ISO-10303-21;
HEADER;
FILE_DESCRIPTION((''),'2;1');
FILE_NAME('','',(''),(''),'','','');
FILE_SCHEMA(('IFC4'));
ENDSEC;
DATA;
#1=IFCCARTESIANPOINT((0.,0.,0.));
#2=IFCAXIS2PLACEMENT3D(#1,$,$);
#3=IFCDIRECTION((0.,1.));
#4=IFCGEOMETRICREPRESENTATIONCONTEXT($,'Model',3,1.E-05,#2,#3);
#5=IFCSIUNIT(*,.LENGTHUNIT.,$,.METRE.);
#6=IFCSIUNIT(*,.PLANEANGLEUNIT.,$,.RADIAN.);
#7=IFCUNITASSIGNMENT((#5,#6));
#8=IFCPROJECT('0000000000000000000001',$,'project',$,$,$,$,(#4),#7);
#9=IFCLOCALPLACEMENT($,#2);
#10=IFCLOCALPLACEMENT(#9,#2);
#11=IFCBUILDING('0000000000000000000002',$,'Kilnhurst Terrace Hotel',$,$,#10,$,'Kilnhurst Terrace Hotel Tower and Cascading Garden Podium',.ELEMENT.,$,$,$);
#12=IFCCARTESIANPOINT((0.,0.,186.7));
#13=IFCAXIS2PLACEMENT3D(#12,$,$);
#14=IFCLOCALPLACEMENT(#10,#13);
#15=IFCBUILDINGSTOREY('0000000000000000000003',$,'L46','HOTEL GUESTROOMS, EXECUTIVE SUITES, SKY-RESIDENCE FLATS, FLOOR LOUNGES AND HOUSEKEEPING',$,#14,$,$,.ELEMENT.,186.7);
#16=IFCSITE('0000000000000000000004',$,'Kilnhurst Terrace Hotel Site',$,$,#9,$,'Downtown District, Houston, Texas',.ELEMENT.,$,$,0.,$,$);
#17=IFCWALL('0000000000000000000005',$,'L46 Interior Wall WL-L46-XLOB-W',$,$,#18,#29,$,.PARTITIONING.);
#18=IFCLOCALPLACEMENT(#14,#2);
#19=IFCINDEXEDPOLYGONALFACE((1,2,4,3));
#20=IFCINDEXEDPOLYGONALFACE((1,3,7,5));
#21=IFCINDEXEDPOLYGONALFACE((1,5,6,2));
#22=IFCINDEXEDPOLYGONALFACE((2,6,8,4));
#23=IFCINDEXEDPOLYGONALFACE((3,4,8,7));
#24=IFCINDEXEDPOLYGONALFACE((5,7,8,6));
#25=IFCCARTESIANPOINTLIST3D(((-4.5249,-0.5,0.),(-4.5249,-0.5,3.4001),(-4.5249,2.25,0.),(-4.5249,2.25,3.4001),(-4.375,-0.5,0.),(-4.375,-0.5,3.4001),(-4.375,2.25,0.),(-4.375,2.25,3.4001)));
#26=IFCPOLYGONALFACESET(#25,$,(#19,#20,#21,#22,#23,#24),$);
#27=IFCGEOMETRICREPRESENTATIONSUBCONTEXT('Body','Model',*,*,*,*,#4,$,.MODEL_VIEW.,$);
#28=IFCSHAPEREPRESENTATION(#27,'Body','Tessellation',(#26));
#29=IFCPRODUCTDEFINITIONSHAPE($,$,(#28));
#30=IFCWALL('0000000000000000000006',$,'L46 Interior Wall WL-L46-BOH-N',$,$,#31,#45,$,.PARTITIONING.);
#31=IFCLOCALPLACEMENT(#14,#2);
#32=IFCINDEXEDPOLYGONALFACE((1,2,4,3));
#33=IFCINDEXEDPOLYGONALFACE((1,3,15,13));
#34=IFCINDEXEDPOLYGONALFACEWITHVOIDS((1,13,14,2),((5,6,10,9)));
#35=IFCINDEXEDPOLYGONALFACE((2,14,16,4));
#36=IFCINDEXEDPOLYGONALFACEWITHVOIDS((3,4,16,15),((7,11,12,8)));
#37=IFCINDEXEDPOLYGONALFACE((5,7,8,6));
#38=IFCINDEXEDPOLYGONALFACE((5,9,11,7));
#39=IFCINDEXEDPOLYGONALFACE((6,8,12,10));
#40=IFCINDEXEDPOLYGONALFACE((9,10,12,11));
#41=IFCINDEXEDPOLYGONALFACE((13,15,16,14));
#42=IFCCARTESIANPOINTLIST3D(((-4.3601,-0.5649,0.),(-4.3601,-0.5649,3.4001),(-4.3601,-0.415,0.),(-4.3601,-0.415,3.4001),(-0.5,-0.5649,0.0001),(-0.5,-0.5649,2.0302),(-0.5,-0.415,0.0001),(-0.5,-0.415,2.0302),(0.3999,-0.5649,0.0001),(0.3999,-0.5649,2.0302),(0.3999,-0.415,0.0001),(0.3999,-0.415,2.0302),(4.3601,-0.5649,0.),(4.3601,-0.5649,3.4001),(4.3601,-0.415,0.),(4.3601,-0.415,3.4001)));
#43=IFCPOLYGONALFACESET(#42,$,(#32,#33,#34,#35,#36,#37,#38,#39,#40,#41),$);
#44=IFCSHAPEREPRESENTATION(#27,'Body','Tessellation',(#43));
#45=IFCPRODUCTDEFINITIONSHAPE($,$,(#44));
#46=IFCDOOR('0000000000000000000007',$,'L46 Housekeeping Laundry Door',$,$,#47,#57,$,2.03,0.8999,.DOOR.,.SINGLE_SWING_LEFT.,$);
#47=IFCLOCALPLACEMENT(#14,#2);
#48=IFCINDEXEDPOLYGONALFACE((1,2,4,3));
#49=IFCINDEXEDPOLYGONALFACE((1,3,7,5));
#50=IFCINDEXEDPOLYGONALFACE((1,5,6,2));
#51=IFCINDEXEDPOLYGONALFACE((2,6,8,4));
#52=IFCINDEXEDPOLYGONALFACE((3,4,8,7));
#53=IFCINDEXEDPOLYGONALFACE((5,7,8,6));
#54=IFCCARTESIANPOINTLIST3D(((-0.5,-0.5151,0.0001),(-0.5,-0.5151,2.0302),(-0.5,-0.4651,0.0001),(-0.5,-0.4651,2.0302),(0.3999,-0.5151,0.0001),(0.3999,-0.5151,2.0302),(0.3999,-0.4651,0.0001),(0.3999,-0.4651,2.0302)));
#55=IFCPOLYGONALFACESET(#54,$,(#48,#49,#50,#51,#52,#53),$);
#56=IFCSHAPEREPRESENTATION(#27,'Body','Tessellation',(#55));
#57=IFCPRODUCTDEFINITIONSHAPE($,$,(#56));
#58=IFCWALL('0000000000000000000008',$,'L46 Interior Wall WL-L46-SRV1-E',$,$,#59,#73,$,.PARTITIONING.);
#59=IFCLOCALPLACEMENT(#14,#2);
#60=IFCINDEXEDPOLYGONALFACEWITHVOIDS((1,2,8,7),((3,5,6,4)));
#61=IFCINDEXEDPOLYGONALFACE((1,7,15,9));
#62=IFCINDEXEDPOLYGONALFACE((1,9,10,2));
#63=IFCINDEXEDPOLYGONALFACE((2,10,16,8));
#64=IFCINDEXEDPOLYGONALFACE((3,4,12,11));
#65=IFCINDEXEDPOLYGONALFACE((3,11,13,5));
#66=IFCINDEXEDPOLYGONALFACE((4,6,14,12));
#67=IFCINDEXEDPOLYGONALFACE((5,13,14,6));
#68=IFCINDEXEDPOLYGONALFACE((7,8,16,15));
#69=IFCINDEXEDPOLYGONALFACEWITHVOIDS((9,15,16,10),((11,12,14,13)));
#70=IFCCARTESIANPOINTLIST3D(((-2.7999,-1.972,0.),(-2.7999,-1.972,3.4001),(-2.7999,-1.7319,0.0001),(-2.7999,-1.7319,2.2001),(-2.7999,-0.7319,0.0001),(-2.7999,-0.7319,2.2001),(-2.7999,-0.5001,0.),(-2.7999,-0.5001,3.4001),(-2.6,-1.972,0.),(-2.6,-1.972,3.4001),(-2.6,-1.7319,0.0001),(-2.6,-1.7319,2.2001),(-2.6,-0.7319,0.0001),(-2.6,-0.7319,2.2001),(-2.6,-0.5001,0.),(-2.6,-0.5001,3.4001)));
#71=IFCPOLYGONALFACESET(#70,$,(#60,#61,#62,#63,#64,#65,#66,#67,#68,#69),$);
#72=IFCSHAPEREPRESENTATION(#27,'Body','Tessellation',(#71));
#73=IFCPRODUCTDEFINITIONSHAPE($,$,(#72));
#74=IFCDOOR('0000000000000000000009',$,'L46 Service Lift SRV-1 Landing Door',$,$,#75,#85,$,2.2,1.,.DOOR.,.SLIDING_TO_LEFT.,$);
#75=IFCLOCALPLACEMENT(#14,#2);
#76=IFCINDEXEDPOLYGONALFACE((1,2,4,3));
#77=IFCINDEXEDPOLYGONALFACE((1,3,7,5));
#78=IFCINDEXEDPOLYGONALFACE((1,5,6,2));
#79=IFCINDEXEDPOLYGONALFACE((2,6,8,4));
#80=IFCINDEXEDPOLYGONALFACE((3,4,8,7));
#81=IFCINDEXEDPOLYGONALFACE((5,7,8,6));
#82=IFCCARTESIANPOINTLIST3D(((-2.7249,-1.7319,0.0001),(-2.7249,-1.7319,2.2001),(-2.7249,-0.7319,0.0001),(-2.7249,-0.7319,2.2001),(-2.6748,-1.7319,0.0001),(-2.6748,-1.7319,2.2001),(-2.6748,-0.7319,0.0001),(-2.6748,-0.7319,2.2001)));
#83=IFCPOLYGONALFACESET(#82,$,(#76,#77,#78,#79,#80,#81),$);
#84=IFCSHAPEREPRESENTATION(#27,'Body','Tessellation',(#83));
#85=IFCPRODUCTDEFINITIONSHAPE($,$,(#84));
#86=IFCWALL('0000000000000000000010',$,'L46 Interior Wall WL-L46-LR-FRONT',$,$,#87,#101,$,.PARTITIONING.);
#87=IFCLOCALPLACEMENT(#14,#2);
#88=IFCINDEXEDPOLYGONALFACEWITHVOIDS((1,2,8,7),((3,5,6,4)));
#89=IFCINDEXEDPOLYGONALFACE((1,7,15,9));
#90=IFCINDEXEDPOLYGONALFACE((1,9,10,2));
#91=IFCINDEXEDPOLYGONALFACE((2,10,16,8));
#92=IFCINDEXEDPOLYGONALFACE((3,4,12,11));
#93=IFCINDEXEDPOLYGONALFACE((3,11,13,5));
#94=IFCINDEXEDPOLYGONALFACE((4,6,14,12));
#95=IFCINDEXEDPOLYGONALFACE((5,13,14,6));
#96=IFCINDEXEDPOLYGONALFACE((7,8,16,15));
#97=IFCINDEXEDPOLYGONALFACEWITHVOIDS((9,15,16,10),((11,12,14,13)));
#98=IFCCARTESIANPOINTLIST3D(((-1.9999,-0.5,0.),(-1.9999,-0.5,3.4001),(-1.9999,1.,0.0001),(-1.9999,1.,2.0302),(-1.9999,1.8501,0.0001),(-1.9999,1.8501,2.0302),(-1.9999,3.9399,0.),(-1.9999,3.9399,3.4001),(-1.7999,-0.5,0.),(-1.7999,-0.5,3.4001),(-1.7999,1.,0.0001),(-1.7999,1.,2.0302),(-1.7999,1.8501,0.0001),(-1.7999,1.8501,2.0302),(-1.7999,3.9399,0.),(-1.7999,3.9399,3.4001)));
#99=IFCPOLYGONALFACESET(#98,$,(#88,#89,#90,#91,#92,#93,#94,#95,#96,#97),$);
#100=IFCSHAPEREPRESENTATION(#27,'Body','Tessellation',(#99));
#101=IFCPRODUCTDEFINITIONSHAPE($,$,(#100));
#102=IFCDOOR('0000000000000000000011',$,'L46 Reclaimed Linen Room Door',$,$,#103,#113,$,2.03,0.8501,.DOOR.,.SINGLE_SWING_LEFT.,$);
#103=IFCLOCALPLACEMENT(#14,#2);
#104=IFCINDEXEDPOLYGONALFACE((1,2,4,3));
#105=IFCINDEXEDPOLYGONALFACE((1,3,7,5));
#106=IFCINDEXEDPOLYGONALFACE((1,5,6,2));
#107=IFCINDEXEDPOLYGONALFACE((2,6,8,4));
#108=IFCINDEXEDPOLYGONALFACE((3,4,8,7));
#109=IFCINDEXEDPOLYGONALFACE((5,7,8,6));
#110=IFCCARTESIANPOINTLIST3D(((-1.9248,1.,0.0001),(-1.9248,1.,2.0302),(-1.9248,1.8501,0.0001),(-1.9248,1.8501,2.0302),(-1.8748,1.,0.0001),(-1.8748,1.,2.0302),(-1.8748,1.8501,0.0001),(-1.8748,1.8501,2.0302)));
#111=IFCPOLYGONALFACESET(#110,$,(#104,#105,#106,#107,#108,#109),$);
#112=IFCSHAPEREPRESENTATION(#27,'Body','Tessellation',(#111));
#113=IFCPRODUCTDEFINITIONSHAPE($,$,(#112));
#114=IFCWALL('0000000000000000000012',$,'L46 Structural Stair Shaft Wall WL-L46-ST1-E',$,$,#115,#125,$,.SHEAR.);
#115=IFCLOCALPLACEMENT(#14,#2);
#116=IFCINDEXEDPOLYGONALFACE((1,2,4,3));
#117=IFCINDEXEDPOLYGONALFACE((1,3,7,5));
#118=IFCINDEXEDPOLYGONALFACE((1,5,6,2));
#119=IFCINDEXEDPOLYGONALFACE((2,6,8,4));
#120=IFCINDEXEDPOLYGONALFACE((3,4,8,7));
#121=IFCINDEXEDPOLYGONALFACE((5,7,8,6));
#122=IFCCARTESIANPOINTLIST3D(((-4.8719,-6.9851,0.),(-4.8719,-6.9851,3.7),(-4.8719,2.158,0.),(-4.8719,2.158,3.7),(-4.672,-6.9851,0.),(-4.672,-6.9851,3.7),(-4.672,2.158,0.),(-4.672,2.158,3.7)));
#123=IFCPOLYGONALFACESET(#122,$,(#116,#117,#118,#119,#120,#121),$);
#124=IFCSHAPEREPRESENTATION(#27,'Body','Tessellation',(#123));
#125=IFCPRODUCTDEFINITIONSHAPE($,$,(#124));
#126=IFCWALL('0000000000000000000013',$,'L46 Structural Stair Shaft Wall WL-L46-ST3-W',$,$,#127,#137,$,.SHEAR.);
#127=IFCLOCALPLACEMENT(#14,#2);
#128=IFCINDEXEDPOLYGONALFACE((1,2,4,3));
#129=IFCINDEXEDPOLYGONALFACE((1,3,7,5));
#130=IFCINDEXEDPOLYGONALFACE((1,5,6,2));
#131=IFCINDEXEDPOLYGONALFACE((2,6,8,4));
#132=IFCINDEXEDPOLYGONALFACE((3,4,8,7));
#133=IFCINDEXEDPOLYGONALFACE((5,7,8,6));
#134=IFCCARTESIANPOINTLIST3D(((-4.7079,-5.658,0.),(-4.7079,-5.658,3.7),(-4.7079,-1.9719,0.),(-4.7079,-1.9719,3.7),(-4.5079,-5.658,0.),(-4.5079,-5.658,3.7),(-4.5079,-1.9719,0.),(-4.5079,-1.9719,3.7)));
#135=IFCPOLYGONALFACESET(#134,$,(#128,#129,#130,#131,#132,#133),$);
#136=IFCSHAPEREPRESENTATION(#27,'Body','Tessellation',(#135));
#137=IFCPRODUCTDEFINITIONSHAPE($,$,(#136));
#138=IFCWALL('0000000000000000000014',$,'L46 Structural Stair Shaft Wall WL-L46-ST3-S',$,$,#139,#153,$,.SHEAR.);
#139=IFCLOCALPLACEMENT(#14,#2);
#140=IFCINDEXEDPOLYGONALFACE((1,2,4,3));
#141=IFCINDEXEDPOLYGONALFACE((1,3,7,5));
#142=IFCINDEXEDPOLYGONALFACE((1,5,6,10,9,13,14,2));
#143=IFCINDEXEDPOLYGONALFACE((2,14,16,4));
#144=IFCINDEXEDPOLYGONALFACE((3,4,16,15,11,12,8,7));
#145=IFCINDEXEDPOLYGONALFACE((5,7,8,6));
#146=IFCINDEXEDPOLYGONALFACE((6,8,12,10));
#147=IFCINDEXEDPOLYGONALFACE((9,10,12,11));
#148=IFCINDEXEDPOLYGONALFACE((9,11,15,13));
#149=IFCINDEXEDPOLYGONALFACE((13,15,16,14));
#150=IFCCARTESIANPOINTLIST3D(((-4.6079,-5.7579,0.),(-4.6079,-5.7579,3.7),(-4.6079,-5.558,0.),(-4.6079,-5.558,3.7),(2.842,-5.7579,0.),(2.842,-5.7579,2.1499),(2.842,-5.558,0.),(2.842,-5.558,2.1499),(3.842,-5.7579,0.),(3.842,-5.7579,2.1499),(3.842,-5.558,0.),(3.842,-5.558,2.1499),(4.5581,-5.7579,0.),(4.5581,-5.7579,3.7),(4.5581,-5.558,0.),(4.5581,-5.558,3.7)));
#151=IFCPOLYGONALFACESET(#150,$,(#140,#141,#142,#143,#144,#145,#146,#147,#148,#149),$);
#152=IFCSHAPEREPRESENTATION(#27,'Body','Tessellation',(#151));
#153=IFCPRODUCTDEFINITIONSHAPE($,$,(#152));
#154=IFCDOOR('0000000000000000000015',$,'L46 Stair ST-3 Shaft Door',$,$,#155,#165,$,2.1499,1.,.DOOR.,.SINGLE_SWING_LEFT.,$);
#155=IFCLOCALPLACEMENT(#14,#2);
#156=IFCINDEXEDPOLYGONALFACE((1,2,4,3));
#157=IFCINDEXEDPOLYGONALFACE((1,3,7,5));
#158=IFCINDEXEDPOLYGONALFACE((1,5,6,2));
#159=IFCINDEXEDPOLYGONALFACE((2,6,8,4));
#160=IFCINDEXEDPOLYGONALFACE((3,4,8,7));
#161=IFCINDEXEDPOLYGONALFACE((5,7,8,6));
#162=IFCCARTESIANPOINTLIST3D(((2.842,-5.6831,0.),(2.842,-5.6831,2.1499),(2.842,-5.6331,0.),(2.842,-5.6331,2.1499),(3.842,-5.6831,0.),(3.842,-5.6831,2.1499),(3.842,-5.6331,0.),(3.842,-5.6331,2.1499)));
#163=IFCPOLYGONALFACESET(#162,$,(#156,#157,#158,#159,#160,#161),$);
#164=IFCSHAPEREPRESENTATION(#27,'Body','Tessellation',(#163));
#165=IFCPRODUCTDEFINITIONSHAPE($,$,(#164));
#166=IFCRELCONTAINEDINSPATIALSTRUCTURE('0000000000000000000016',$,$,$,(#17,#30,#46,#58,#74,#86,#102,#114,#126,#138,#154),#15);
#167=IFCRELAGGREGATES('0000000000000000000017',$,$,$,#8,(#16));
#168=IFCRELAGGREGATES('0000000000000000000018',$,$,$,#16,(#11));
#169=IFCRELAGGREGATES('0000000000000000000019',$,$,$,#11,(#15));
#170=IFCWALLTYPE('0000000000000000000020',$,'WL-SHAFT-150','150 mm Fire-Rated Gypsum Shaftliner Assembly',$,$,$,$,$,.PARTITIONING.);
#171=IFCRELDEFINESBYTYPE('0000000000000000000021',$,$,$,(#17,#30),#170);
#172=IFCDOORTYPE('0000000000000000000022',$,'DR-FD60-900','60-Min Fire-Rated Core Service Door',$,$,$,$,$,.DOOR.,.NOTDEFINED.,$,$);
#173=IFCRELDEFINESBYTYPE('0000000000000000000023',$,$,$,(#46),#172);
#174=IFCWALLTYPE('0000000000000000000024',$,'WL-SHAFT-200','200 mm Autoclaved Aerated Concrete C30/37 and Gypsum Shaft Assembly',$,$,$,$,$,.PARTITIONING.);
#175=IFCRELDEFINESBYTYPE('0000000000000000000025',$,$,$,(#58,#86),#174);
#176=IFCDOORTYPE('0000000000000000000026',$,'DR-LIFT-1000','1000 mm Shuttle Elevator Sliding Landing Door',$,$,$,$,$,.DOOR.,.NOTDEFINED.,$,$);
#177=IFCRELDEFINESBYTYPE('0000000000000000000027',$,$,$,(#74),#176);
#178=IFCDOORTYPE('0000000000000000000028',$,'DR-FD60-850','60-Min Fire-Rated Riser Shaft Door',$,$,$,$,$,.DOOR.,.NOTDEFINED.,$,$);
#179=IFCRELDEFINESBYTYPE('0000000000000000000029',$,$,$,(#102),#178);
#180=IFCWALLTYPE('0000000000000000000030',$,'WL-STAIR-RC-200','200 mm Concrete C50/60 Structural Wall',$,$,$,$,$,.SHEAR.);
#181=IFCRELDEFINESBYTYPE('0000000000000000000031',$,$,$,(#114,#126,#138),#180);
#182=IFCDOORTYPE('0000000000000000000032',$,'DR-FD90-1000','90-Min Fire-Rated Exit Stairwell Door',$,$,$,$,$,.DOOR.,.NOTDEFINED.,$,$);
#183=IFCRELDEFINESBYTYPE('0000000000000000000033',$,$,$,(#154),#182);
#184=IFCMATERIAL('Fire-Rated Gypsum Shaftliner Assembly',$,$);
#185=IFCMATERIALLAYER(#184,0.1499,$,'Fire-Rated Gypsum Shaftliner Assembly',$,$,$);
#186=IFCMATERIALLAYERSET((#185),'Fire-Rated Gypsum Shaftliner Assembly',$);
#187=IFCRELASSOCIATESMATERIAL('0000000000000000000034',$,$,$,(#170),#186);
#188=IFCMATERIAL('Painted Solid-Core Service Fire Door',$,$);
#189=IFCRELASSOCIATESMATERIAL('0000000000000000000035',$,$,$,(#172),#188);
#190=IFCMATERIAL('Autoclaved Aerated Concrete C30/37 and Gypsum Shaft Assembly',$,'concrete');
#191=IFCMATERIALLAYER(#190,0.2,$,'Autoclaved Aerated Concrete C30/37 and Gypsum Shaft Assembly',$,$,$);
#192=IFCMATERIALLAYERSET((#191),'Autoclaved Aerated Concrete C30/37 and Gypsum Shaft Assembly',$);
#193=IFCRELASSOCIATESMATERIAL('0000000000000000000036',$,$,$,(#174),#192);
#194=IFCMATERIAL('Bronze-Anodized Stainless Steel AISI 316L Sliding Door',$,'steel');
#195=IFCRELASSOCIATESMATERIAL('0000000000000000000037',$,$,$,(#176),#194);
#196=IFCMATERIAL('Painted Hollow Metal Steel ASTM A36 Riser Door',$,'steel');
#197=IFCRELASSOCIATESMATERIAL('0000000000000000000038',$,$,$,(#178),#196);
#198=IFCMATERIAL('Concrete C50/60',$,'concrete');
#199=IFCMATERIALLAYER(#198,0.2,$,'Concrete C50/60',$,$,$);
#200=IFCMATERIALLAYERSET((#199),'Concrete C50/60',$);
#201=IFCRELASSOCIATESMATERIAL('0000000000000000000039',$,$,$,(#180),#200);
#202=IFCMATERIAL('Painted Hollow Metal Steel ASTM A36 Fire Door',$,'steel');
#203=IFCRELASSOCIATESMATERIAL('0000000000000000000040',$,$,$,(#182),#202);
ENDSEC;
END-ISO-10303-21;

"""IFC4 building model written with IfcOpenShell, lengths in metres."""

from ifc_helpers import new_model, si_unit, direction, frame, frame_2d, origin, place, context, subcontext, project, spatial, rectangle, extrude, material, layer, layer_set, type_object, element, fill, save


model = new_model("IFC4")

# Units and contexts
model_context = context("Model", 3, precision=1e-05, world=origin(), true_north=direction((0.0, 1.0)))
body_context = subcontext(model_context, "Body", "Model", "MODEL_VIEW")
ifc_project = project(units=[si_unit("LENGTHUNIT", "METRE"), si_unit("PLANEANGLEUNIT", "RADIAN")], contexts=[model_context])

# Site, building, storey
site_placement = place(None, origin())
site = spatial("IfcSite", under=ifc_project, at=site_placement, Name="Kilnhurst Terrace Hotel Site", LongName="Downtown District, Houston, Texas", CompositionType="ELEMENT", RefElevation=0.0)
building_placement = place(site_placement, origin())
building = spatial("IfcBuilding", under=site, at=building_placement, Name="Kilnhurst Terrace Hotel", LongName="Kilnhurst Terrace Hotel Tower and Cascading Garden Podium", CompositionType="ELEMENT")
storey_placement = place(building_placement, frame((0.0, 0.0, 186.7)))
storey = spatial("IfcBuildingStorey", under=building, at=storey_placement, Name="L46", Description="HOTEL GUESTROOMS, EXECUTIVE SUITES, SKY-RESIDENCE FLATS, FLOOR LOUNGES AND HOUSEKEEPING", CompositionType="ELEMENT", Elevation=186.7)

# Wall
ifc_material_1 = material(Name="Fire-Rated Gypsum Shaftliner Assembly")
ifc_layer_1 = layer(ifc_material_1, 0.1499, Name="Fire-Rated Gypsum Shaftliner Assembly")
ifc_layer_set_1 = layer_set([ifc_layer_1], Name="Fire-Rated Gypsum Shaftliner Assembly")
wall_type_1 = type_object("IfcWallType", Name="WL-SHAFT-150", Description="150 mm Fire-Rated Gypsum Shaftliner Assembly", PredefinedType="PARTITIONING", material=ifc_layer_set_1)
wall_1_placement = place(storey_placement, frame((-4.45, -0.5, 0.0), z_axis=(0.0, 0.0, 1.0), x_axis=(0.0, 1.0, 0.0)))
element("IfcWall", 1, at=wall_1_placement, inside=storey, type_object=wall_type_1, Name="L46 Interior Wall WL-L46-XLOB-W", PredefinedType="PARTITIONING", context=body_context, shape_type="SweptSolid", body=[
    extrude(rectangle(XDim=2.75, YDim=0.1499, at=frame_2d((1.375, 0.0))), origin(), (0.0, 0.0, 1.0), 3.4001),
])

# Walls, openings, doors
wall_2_placement = place(storey_placement, frame((-4.3601, -0.49, 0.0), z_axis=(0.0, 0.0, 1.0), x_axis=(1.0, 0.0, 0.0)))
wall_2 = element("IfcWall", 2, at=wall_2_placement, inside=storey, type_object=wall_type_1, Name="L46 Interior Wall WL-L46-BOH-N", PredefinedType="PARTITIONING", context=body_context, shape_type="SweptSolid", body=[
    extrude(rectangle(XDim=8.7202, YDim=0.1499, at=frame_2d((4.3601, 0.0))), origin(), (0.0, 0.0, 1.0), 3.4001),
])
opening_1_placement = place(wall_2_placement, frame((3.8601, 0.0, 0.0)))
opening_1 = element("IfcOpeningElement", 3, at=opening_1_placement, cuts=wall_2, PredefinedType="OPENING", context=body_context, shape_type="SweptSolid", body=[
    extrude(rectangle(XDim=0.8999, YDim=2.03, at=frame_2d((0.45, 1.0151))), frame((0.0, 0.085, 0.0), z_axis=(0.0, -1.0, 0.0), x_axis=(1.0, 0.0, 0.0)), (0.0, 0.0, 1.0), 0.1699),
])
ifc_material_2 = material(Name="Painted Solid-Core Service Fire Door")
door_type_1 = type_object("IfcDoorType", Name="DR-FD60-900", Description="60-Min Fire-Rated Core Service Door", OperationType="NOTDEFINED", PredefinedType="DOOR", material=ifc_material_2)
door_1_placement = place(opening_1_placement, origin())
door_1 = element("IfcDoor", 4, at=door_1_placement, inside=storey, type_object=door_type_1, Name="L46 Housekeeping Laundry Door", OperationType="SINGLE_SWING_LEFT", OverallHeight=2.03, OverallWidth=0.8999, PredefinedType="DOOR", context=body_context, shape_type="SweptSolid", body=[
    extrude(rectangle(XDim=0.8999, YDim=2.03, at=frame_2d((0.45, 1.0151))), frame((0.0, 0.0249, 0.0), z_axis=(0.0, -1.0, 0.0), x_axis=(1.0, 0.0, 0.0)), (0.0, 0.0, 1.0), 0.05),
])
fill(opening_1, door_1)
ifc_material_3 = material(Name="Autoclaved Aerated Concrete C30/37 and Gypsum Shaft Assembly", Category="concrete")
ifc_layer_2 = layer(ifc_material_3, 0.2, Name="Autoclaved Aerated Concrete C30/37 and Gypsum Shaft Assembly")
ifc_layer_set_2 = layer_set([ifc_layer_2], Name="Autoclaved Aerated Concrete C30/37 and Gypsum Shaft Assembly")
wall_type_2 = type_object("IfcWallType", Name="WL-SHAFT-200", Description="200 mm Autoclaved Aerated Concrete C30/37 and Gypsum Shaft Assembly", PredefinedType="PARTITIONING", material=ifc_layer_set_2)
wall_3_placement = place(storey_placement, frame((-2.7, -1.9719, 0.0), z_axis=(0.0, 0.0, 1.0), x_axis=(0.0, 1.0, 0.0)))
wall_3 = element("IfcWall", 5, at=wall_3_placement, inside=storey, type_object=wall_type_2, Name="L46 Interior Wall WL-L46-SRV1-E", PredefinedType="PARTITIONING", context=body_context, shape_type="SweptSolid", body=[
    extrude(rectangle(XDim=1.4719, YDim=0.2, at=frame_2d((0.7358, 0.0))), origin(), (0.0, 0.0, 1.0), 3.4001),
])
opening_2_placement = place(wall_3_placement, frame((0.24, 0.0, 0.0)))
opening_2 = element("IfcOpeningElement", 6, at=opening_2_placement, cuts=wall_3, PredefinedType="OPENING", context=body_context, shape_type="SweptSolid", body=[
    extrude(rectangle(XDim=1.0, YDim=2.2, at=frame_2d((0.5, 1.1001))), frame((0.0, 0.1099, 0.0), z_axis=(0.0, -1.0, 0.0), x_axis=(1.0, 0.0, 0.0)), (0.0, 0.0, 1.0), 0.22),
])
ifc_material_4 = material(Name="Bronze-Anodized Stainless Steel AISI 316L Sliding Door", Category="steel")
door_type_2 = type_object("IfcDoorType", Name="DR-LIFT-1000", Description="1000 mm Shuttle Elevator Sliding Landing Door", OperationType="NOTDEFINED", PredefinedType="DOOR", material=ifc_material_4)
door_2_placement = place(opening_2_placement, origin())
door_2 = element("IfcDoor", 7, at=door_2_placement, inside=storey, type_object=door_type_2, Name="L46 Service Lift SRV-1 Landing Door", OperationType="SLIDING_TO_LEFT", OverallHeight=2.2, OverallWidth=1.0, PredefinedType="DOOR", context=body_context, shape_type="SweptSolid", body=[
    extrude(rectangle(XDim=1.0, YDim=2.2, at=frame_2d((0.5, 1.1001))), frame((0.0, 0.0249, 0.0), z_axis=(0.0, -1.0, 0.0), x_axis=(1.0, 0.0, 0.0)), (0.0, 0.0, 1.0), 0.05),
])
fill(opening_2, door_2)
wall_4_placement = place(storey_placement, frame((-1.8999, -0.5, 0.0), z_axis=(0.0, 0.0, 1.0), x_axis=(0.0, 1.0, 0.0)))
wall_4 = element("IfcWall", 8, at=wall_4_placement, inside=storey, type_object=wall_type_2, Name="L46 Interior Wall WL-L46-LR-FRONT", PredefinedType="PARTITIONING", context=body_context, shape_type="SweptSolid", body=[
    extrude(rectangle(XDim=4.4399, YDim=0.2, at=frame_2d((2.22, 0.0))), origin(), (0.0, 0.0, 1.0), 3.4001),
])
opening_3_placement = place(wall_4_placement, frame((1.5, 0.0, 0.0)))
opening_3 = element("IfcOpeningElement", 9, at=opening_3_placement, cuts=wall_4, PredefinedType="OPENING", context=body_context, shape_type="SweptSolid", body=[
    extrude(rectangle(XDim=0.8501, YDim=2.03, at=frame_2d((0.425, 1.0151))), frame((0.0, 0.1099, 0.0), z_axis=(0.0, -1.0, 0.0), x_axis=(1.0, 0.0, 0.0)), (0.0, 0.0, 1.0), 0.22),
])
ifc_material_5 = material(Name="Painted Hollow Metal Steel ASTM A36 Riser Door", Category="steel")
door_type_3 = type_object("IfcDoorType", Name="DR-FD60-850", Description="60-Min Fire-Rated Riser Shaft Door", OperationType="NOTDEFINED", PredefinedType="DOOR", material=ifc_material_5)
door_3_placement = place(opening_3_placement, origin())
door_3 = element("IfcDoor", 10, at=door_3_placement, inside=storey, type_object=door_type_3, Name="L46 Reclaimed Linen Room Door", OperationType="SINGLE_SWING_LEFT", OverallHeight=2.03, OverallWidth=0.8501, PredefinedType="DOOR", context=body_context, shape_type="SweptSolid", body=[
    extrude(rectangle(XDim=0.8501, YDim=2.03, at=frame_2d((0.425, 1.0151))), frame((0.0, 0.0249, 0.0), z_axis=(0.0, -1.0, 0.0), x_axis=(1.0, 0.0, 0.0)), (0.0, 0.0, 1.0), 0.05),
])
fill(opening_3, door_3)

# Walls
ifc_material_6 = material(Name="Concrete C50/60", Category="concrete")
ifc_layer_3 = layer(ifc_material_6, 0.2, Name="Concrete C50/60")
ifc_layer_set_3 = layer_set([ifc_layer_3], Name="Concrete C50/60")
wall_type_3 = type_object("IfcWallType", Name="WL-STAIR-RC-200", Description="200 mm Concrete C50/60 Structural Wall", PredefinedType="SHEAR", material=ifc_layer_set_3)
wall_5_placement = place(storey_placement, frame((-4.772, -6.9851, 0.0), z_axis=(0.0, 0.0, 1.0), x_axis=(0.0, 1.0, 0.0)))
element("IfcWall", 11, at=wall_5_placement, inside=storey, type_object=wall_type_3, Name="L46 Structural Stair Shaft Wall WL-L46-ST1-E", PredefinedType="SHEAR", context=body_context, shape_type="SweptSolid", body=[
    extrude(rectangle(XDim=9.1431, YDim=0.2, at=frame_2d((4.5715, 0.0))), origin(), (0.0, 0.0, 1.0), 3.7),
])
wall_6_placement = place(storey_placement, frame((-4.6079, -5.658, 0.0), z_axis=(0.0, 0.0, 1.0), x_axis=(0.0, 1.0, 0.0)))
element("IfcWall", 12, at=wall_6_placement, inside=storey, type_object=wall_type_3, Name="L46 Structural Stair Shaft Wall WL-L46-ST3-W", PredefinedType="SHEAR", context=body_context, shape_type="SweptSolid", body=[
    extrude(rectangle(XDim=3.686, YDim=0.2, at=frame_2d((1.843, 0.0))), origin(), (0.0, 0.0, 1.0), 3.7),
])

# Wall, opening, door
wall_7_placement = place(storey_placement, frame((-4.6079, -5.658, 0.0), z_axis=(0.0, 0.0, 1.0), x_axis=(1.0, 0.0, 0.0)))
wall_7 = element("IfcWall", 13, at=wall_7_placement, inside=storey, type_object=wall_type_3, Name="L46 Structural Stair Shaft Wall WL-L46-ST3-S", PredefinedType="SHEAR", context=body_context, shape_type="SweptSolid", body=[
    extrude(rectangle(XDim=9.166, YDim=0.2, at=frame_2d((4.583, 0.0))), origin(), (0.0, 0.0, 1.0), 3.7),
])
opening_4_placement = place(wall_7_placement, frame((7.45, 0.0, 0.0)))
opening_4 = element("IfcOpeningElement", 14, at=opening_4_placement, cuts=wall_7, PredefinedType="OPENING", context=body_context, shape_type="SweptSolid", body=[
    extrude(rectangle(XDim=1.0, YDim=2.1499, at=frame_2d((0.5, 1.075))), frame((0.0, 0.1099, 0.0), z_axis=(0.0, -1.0, 0.0), x_axis=(1.0, 0.0, 0.0)), (0.0, 0.0, 1.0), 0.22),
])
ifc_material_7 = material(Name="Painted Hollow Metal Steel ASTM A36 Fire Door", Category="steel")
door_type_4 = type_object("IfcDoorType", Name="DR-FD90-1000", Description="90-Min Fire-Rated Exit Stairwell Door", OperationType="NOTDEFINED", PredefinedType="DOOR", material=ifc_material_7)
door_4_placement = place(opening_4_placement, origin())
door_4 = element("IfcDoor", 15, at=door_4_placement, inside=storey, type_object=door_type_4, Name="L46 Stair ST-3 Shaft Door", OperationType="SINGLE_SWING_LEFT", OverallHeight=2.1499, OverallWidth=1.0, PredefinedType="DOOR", context=body_context, shape_type="SweptSolid", body=[
    extrude(rectangle(XDim=1.0, YDim=2.1499, at=frame_2d((0.5, 1.075))), frame((0.0, 0.0249, 0.0), z_axis=(0.0, -1.0, 0.0), x_axis=(1.0, 0.0, 0.0)), (0.0, 0.0, 1.0), 0.05),
])
fill(opening_4, door_4)

save(model, "model.ifc")
